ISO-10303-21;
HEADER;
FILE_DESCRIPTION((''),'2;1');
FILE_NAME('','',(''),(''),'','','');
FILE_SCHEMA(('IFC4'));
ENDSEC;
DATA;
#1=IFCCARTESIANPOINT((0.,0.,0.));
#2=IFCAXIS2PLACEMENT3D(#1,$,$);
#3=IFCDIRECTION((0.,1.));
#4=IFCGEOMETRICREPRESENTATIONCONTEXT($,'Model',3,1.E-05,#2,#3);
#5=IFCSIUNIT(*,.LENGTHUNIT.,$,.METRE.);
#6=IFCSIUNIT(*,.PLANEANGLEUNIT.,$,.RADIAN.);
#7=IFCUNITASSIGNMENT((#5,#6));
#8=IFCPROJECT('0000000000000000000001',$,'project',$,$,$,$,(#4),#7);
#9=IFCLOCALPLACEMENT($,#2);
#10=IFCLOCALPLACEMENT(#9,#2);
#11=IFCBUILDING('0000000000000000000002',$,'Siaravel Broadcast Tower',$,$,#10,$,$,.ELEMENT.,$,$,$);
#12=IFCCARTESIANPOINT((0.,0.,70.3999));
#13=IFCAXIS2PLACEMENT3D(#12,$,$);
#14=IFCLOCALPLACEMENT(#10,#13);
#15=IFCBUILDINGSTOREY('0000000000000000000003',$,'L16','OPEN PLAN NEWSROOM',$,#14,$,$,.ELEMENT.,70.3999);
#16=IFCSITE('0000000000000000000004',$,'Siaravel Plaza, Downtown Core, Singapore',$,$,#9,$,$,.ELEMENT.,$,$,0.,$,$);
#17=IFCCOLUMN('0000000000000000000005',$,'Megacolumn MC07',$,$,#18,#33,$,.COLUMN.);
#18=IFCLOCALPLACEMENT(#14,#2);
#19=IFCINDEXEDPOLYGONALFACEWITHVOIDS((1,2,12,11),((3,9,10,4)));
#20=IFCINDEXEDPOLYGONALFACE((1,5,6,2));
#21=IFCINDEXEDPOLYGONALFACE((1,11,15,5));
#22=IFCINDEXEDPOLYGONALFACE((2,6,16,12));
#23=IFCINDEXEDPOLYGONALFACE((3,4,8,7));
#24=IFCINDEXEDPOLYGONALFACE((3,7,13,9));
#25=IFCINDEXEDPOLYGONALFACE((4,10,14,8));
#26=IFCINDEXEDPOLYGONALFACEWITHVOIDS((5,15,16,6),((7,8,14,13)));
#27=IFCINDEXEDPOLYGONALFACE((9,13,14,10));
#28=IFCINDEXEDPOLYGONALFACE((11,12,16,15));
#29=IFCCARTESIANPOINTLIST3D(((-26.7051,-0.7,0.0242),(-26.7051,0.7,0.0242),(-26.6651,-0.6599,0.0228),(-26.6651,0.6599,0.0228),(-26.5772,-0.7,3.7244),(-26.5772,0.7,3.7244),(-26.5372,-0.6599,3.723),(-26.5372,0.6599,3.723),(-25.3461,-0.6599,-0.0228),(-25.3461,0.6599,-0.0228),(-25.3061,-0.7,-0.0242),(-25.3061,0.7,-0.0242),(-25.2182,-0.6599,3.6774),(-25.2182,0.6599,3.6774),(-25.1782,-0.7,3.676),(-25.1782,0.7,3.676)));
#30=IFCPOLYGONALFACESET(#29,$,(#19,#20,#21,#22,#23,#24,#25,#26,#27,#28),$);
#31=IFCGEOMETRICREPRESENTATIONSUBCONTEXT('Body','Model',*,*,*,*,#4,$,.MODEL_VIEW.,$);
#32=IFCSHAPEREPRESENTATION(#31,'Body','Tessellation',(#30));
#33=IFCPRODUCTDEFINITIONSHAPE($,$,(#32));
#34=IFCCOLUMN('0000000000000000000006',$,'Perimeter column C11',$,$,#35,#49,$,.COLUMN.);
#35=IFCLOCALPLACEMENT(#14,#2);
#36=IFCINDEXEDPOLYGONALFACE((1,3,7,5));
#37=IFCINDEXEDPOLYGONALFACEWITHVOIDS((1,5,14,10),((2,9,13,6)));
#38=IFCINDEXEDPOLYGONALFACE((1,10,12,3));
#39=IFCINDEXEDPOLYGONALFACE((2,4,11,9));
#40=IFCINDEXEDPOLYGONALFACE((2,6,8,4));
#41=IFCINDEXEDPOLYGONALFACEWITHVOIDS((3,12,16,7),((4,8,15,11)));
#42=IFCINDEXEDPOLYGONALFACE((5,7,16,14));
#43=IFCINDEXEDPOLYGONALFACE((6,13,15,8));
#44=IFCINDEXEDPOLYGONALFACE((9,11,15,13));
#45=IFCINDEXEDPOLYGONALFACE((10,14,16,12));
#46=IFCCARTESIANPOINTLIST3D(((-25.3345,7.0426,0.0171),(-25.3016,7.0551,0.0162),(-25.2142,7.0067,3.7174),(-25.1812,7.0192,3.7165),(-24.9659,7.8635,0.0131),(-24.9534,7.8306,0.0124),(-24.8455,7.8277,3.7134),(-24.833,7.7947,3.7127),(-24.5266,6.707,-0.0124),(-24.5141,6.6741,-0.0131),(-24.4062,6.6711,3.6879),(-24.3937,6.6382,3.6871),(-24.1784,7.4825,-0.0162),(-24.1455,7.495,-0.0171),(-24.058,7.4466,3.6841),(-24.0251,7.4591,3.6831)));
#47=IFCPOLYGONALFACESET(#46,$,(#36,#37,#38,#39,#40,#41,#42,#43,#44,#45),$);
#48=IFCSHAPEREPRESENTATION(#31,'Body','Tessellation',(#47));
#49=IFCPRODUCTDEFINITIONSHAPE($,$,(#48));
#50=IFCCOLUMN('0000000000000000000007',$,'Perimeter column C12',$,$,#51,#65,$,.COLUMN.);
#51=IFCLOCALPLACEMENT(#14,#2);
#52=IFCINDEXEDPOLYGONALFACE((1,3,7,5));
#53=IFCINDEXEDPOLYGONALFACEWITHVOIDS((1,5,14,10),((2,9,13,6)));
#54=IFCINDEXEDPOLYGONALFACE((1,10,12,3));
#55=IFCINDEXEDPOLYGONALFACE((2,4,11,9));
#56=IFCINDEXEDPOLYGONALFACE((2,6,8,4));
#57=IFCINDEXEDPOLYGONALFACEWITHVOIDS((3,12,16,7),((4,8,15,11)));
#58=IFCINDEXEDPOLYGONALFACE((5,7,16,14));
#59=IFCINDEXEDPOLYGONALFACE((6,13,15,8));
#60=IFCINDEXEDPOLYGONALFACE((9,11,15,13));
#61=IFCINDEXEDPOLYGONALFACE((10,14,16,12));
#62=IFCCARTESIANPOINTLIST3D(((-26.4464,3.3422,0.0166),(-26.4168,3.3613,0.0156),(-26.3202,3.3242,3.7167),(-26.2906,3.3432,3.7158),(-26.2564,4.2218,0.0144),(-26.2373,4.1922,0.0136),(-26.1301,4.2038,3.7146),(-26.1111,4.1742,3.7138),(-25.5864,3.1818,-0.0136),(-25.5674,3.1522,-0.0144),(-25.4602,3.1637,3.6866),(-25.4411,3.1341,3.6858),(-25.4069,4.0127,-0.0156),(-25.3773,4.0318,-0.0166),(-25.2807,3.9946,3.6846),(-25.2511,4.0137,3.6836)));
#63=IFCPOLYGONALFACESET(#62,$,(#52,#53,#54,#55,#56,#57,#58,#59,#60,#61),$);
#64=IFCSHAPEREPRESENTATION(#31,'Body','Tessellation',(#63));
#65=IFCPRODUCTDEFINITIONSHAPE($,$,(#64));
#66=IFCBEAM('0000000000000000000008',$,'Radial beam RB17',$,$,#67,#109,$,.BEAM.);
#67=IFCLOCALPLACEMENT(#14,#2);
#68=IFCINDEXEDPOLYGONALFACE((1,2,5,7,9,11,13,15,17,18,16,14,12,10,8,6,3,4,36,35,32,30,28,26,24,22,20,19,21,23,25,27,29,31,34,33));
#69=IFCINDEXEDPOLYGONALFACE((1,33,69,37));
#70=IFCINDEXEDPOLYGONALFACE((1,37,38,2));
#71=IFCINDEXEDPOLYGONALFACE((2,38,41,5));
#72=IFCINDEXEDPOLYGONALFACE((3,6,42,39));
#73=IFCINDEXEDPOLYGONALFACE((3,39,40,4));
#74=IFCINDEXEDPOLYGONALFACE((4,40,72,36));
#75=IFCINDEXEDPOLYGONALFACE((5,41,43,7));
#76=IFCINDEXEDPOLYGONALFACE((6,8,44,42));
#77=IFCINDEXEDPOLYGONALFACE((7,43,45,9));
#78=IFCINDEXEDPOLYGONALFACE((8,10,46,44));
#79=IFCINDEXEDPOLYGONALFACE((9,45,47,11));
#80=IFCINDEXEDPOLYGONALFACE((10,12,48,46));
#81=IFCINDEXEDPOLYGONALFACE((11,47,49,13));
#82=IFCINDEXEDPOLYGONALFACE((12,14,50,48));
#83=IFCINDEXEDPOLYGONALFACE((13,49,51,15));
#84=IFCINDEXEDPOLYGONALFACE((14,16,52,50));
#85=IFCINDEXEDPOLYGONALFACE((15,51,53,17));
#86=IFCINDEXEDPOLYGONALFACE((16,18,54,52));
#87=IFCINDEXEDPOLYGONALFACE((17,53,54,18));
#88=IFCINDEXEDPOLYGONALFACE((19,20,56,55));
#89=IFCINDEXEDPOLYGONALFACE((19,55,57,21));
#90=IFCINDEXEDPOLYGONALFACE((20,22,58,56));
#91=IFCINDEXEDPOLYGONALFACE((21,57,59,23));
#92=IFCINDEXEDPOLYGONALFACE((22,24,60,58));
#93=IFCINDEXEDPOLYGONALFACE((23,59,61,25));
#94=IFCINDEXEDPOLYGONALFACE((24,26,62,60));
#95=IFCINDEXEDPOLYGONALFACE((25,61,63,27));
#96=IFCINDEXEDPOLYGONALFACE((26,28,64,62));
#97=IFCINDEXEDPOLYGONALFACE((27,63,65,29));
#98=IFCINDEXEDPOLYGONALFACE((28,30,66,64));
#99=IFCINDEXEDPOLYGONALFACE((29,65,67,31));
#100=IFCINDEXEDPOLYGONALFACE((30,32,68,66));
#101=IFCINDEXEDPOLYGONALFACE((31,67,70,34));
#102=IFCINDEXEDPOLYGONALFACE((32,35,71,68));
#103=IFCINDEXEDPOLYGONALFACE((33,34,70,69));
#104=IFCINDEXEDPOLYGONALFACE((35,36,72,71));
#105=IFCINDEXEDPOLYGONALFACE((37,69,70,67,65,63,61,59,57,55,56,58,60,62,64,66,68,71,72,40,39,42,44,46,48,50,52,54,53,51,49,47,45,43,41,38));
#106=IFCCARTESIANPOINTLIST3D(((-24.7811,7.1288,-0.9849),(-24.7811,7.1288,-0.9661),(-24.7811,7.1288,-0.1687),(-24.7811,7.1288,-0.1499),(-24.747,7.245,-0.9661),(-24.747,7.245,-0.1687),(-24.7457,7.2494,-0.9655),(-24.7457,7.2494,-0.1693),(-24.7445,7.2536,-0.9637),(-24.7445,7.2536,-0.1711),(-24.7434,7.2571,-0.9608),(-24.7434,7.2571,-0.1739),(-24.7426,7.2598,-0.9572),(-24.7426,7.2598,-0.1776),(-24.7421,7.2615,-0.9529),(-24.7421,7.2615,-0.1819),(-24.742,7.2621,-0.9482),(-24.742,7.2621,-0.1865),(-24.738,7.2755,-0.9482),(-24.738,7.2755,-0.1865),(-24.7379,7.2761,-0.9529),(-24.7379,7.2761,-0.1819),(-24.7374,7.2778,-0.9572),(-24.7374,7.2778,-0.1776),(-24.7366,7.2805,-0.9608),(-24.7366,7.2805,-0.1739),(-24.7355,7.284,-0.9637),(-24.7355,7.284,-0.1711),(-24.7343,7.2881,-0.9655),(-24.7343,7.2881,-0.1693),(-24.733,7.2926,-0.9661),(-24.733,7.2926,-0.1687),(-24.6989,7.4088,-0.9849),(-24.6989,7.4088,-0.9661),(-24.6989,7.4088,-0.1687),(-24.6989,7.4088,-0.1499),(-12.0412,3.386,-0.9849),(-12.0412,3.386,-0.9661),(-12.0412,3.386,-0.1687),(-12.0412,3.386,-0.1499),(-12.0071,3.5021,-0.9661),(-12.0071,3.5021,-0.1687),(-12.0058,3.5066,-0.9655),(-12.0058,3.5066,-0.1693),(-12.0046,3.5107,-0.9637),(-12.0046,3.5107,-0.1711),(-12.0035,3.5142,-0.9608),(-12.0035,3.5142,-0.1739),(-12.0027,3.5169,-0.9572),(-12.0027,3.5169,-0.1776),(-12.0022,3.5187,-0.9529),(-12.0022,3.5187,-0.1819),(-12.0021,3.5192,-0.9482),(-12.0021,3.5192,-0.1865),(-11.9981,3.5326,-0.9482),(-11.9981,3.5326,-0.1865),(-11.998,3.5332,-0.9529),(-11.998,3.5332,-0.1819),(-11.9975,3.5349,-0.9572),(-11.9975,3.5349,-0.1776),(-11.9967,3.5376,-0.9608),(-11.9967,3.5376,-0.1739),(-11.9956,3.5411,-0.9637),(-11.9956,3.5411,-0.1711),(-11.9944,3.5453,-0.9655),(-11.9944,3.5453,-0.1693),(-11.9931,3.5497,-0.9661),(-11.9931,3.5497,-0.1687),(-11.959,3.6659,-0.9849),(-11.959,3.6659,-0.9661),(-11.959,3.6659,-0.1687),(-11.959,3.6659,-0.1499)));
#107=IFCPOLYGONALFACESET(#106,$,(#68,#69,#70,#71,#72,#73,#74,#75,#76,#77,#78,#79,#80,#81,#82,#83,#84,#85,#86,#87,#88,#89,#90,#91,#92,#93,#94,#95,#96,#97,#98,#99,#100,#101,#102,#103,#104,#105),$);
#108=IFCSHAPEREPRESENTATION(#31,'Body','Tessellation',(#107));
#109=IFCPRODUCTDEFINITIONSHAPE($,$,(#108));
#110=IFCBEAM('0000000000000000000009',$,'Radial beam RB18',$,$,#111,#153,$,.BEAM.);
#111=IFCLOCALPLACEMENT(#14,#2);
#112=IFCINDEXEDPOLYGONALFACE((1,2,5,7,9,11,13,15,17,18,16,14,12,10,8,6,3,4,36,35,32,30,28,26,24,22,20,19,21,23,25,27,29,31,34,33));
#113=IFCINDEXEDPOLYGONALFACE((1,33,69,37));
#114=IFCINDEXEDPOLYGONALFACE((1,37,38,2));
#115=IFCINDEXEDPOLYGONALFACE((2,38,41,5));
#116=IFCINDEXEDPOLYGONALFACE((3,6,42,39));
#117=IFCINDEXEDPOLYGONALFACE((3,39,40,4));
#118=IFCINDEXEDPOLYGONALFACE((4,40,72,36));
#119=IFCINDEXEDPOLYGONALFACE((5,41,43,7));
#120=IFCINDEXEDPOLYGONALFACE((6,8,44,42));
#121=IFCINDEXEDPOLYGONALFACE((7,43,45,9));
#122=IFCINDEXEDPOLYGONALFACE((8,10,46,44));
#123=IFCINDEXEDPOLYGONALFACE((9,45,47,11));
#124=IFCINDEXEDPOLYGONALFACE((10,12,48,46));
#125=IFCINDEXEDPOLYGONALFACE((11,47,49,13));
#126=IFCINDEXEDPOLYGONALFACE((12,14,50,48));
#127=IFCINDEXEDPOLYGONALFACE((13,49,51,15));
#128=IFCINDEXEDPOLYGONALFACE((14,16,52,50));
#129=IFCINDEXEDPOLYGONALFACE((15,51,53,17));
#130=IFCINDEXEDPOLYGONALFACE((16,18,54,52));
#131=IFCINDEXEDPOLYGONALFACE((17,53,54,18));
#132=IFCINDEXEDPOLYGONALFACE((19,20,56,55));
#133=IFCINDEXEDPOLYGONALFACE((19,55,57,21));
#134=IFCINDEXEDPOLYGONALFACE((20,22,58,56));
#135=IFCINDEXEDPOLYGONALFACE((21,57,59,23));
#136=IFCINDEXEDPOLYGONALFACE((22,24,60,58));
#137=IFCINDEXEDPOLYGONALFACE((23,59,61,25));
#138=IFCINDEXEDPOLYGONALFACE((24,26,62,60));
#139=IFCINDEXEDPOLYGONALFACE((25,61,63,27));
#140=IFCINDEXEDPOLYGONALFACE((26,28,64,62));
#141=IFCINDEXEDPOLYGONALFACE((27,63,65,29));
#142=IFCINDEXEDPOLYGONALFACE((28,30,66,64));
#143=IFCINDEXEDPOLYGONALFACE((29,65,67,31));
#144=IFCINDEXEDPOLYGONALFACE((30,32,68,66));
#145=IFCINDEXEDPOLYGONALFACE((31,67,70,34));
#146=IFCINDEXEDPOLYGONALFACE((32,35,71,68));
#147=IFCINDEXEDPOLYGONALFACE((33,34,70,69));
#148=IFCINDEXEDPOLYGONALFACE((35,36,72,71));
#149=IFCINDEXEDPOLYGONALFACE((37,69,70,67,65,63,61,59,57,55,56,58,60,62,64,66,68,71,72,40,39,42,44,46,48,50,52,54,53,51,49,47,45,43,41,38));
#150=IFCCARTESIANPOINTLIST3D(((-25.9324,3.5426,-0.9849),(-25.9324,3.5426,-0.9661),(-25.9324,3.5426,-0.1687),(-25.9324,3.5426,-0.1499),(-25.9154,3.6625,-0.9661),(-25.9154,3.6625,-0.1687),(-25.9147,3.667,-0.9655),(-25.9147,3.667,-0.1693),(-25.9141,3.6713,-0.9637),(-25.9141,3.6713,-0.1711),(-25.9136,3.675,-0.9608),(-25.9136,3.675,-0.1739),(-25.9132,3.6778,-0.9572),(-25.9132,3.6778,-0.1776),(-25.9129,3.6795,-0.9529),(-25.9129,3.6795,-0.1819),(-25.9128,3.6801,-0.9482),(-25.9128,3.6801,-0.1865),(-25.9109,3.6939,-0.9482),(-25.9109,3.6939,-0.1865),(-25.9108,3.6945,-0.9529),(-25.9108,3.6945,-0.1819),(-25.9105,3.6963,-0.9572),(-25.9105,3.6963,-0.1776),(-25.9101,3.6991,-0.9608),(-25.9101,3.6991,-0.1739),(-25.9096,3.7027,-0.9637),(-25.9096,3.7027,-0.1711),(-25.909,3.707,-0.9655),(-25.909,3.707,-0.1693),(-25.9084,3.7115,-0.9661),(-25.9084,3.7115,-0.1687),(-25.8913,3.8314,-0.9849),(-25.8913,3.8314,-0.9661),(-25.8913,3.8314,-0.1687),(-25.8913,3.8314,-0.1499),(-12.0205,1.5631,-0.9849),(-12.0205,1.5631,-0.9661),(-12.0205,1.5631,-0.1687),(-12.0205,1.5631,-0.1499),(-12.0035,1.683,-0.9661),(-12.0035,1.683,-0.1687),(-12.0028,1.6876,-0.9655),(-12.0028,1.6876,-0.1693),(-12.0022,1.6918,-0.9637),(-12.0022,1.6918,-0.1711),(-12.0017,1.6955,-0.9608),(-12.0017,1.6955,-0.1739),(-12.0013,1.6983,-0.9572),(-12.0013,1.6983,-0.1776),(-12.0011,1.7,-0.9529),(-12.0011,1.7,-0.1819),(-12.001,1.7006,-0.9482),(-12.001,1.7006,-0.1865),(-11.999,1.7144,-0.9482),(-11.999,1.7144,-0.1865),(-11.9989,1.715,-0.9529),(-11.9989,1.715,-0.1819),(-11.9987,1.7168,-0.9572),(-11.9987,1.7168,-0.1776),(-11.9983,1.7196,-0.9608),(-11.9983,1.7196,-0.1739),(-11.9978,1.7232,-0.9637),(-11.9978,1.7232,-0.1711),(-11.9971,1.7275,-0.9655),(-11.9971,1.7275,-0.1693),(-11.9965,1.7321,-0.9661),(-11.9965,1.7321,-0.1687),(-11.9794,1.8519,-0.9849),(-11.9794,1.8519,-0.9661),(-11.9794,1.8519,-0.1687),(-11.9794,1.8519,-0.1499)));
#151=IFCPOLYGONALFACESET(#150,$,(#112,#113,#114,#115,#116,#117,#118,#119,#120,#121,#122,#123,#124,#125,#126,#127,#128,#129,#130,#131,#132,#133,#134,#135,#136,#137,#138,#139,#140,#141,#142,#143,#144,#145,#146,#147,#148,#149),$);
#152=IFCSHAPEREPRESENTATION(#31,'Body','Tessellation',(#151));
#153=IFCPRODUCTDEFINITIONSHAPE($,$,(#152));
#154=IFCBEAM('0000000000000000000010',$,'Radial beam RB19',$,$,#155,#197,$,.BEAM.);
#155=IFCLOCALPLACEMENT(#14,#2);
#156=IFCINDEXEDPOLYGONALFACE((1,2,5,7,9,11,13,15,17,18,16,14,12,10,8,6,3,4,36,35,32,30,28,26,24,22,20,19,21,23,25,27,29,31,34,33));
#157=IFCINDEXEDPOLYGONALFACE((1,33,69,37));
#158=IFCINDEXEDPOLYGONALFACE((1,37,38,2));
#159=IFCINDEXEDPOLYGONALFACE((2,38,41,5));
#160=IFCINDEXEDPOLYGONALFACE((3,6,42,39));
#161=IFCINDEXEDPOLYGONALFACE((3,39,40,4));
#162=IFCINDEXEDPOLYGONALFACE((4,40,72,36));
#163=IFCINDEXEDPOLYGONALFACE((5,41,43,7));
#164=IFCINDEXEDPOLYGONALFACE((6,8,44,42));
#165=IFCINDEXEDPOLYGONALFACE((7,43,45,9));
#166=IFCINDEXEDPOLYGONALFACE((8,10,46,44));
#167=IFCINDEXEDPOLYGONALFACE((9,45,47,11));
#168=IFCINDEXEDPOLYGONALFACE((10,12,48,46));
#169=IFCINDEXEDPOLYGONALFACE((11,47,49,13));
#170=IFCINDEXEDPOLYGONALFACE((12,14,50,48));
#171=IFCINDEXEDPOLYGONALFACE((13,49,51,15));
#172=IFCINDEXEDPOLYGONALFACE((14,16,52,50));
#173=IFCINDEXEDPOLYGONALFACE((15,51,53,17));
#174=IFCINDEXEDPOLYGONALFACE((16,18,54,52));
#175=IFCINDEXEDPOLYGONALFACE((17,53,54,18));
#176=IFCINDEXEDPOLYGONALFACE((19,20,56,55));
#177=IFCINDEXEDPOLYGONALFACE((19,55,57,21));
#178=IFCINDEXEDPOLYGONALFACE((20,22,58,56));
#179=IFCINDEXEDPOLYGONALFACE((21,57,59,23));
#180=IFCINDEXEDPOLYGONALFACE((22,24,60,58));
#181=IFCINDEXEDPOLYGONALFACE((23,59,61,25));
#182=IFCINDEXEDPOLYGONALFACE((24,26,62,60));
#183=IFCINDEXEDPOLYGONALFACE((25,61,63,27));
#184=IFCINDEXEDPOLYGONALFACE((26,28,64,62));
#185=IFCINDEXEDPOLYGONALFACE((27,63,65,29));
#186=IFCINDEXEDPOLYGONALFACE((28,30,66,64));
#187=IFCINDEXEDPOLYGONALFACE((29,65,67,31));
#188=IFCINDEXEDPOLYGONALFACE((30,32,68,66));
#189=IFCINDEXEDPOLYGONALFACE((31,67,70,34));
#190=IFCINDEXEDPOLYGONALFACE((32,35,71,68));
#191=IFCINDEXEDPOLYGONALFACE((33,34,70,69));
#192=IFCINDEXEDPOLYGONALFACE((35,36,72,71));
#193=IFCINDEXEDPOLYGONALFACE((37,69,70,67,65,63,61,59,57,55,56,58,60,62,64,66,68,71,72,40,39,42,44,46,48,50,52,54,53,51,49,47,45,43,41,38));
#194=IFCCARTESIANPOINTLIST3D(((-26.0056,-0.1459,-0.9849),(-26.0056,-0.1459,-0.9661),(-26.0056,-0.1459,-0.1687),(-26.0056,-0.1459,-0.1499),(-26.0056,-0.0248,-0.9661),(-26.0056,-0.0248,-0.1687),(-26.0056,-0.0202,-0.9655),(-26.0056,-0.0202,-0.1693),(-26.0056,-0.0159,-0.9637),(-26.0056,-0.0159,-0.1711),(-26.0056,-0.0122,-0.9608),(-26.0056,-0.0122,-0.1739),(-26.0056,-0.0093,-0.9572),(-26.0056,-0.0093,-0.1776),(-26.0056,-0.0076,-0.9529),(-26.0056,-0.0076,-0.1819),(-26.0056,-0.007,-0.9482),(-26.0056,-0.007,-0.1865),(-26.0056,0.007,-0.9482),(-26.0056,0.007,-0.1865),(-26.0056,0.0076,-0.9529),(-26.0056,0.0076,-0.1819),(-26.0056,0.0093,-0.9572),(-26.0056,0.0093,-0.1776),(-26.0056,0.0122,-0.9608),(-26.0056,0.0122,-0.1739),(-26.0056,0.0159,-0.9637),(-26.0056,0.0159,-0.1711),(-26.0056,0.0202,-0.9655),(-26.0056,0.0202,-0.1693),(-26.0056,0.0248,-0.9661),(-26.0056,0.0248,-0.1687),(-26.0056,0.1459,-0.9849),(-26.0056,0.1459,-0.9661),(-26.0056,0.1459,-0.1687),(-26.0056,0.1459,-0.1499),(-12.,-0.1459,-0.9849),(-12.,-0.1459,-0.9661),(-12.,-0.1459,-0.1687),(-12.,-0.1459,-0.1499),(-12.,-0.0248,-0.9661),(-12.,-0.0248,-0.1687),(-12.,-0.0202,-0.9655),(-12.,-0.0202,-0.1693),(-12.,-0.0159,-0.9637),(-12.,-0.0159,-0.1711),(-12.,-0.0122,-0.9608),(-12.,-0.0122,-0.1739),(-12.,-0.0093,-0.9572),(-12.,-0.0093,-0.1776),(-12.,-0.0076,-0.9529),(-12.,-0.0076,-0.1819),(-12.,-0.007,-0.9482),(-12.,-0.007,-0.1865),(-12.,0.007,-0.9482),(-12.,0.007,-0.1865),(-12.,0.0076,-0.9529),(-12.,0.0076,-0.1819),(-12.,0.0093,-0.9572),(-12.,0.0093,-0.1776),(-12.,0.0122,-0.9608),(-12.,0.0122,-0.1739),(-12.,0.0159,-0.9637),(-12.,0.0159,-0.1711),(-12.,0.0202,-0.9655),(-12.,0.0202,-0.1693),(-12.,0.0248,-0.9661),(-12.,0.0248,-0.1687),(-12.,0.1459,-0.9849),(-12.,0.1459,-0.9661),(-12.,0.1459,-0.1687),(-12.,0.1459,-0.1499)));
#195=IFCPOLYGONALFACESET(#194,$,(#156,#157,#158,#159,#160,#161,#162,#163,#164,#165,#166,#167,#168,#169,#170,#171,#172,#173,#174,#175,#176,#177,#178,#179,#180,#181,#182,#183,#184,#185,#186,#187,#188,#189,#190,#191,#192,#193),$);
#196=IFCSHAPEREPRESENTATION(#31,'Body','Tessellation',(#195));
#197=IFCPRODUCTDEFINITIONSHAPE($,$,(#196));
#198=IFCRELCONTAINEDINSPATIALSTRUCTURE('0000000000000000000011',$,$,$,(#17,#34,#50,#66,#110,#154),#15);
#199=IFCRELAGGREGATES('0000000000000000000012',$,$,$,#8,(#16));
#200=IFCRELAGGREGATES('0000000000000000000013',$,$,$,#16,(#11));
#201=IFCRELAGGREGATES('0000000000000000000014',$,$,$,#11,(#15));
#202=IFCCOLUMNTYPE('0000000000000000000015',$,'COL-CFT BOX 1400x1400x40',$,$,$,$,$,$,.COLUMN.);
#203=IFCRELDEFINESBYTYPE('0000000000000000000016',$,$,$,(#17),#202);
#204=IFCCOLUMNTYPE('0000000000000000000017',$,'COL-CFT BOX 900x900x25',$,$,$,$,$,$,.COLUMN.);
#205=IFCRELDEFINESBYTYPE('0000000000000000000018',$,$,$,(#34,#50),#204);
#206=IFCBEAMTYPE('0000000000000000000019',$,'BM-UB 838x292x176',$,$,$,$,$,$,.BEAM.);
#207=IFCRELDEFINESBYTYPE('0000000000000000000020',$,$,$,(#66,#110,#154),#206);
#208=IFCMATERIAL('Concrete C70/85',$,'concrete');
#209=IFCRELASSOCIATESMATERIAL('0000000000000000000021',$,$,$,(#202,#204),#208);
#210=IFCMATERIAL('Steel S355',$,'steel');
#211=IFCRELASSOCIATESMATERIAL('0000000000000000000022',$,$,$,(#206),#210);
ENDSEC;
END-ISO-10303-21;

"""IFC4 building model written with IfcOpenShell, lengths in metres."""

from ifc_helpers import new_model, si_unit, direction, frame, origin, origin_2d, place, context, subcontext, project, spatial, hollow_rectangle, i_section, extrude, material, material_profile, profile_set, type_object, element, save


model = new_model("IFC4")

# Units and contexts
model_context = context("Model", 3, precision=1e-05, world=origin(), true_north=direction((0.0, 1.0)))
body_context = subcontext(model_context, "Body", "Model", "MODEL_VIEW")
ifc_project = project(units=[si_unit("LENGTHUNIT", "METRE"), si_unit("PLANEANGLEUNIT", "RADIAN")], contexts=[model_context])

# Site, building, storey
site_placement = place(None, origin())
site = spatial("IfcSite", under=ifc_project, at=site_placement, Name="Siaravel Plaza, Downtown Core, Singapore", CompositionType="ELEMENT", RefElevation=0.0)
building_placement = place(site_placement, origin())
building = spatial("IfcBuilding", under=site, at=building_placement, Name="Siaravel Broadcast Tower", CompositionType="ELEMENT")
storey_placement = place(building_placement, frame((0.0, 0.0, 70.3999)))
storey = spatial("IfcBuildingStorey", under=building, at=storey_placement, Name="L16", Description="OPEN PLAN NEWSROOM", CompositionType="ELEMENT", Elevation=70.3999)

# Columns
ifc_material_1 = material(Name="Concrete C70/85", Category="concrete")
ifc_material_profile_1 = material_profile(ifc_material_1, hollow_rectangle(XDim=1.3999, YDim=1.3999, WallThickness=0.04, at=origin_2d()))
ifc_profile_set_1 = profile_set([ifc_material_profile_1], Name="Concrete C70/85")
column_type_1 = type_object("IfcColumnType", Name="COL-CFT BOX 1400x1400x40", PredefinedType="COLUMN", material=ifc_profile_set_1)
column_placement = place(storey_placement, frame((-26.0056, 0.0, 0.0), z_axis=(0.034553, 0.0, 0.999403), x_axis=(0.0, 1.0, 0.0)))
element("IfcColumn", 1, at=column_placement, inside=storey, type_object=column_type_1, Name="Megacolumn MC07", PredefinedType="COLUMN", context=body_context, shape_type="SweptSolid", body=[
    extrude(hollow_rectangle(XDim=1.3999, YDim=1.3999, WallThickness=0.04, at=origin_2d()), origin(), (0.0, 0.0, 1.0), 3.7024),
])
ifc_material_profile_2 = material_profile(ifc_material_1, hollow_rectangle(XDim=0.8999, YDim=0.8999, WallThickness=0.0249, at=origin_2d()))
ifc_profile_set_2 = profile_set([ifc_material_profile_2], Name="Concrete C70/85")
column_type_2 = type_object("IfcColumnType", Name="COL-CFT BOX 900x900x25", PredefinedType="COLUMN", material=ifc_profile_set_2)
for number, where, z_axis, x_axis, name in (
    (2, (-24.74, 7.2688, 0.0), (0.03251, -0.009694, 0.999424), (0.409647, 0.912233, -0.004477), "Perimeter column C11"),
    (3, (-25.9119, 3.687, 0.0), (0.034092, -0.00488, 0.999407), (0.211209, 0.977438, -0.002432), "Perimeter column C12"),
):
    element("IfcColumn", number, at=place(storey_placement, frame(where, z_axis=z_axis, x_axis=x_axis)), inside=storey, type_object=column_type_2, Name=name, PredefinedType="COLUMN", context=body_context, shape_type="SweptSolid", body=[
        extrude(hollow_rectangle(XDim=0.8999, YDim=0.8999, WallThickness=0.0249, at=origin_2d()), origin(), (0.0, 0.0, 1.0), 3.7024),
    ])

# Beams
ifc_material_2 = material(Name="Steel S355", Category="steel")
ifc_material_profile_3 = material_profile(ifc_material_2, i_section(OverallWidth=0.2917, OverallDepth=0.835, WebThickness=0.0139, FlangeThickness=0.0188, FilletRadius=0.0178, at=origin_2d()))
ifc_profile_set_3 = profile_set([ifc_material_profile_3], Name="Steel S355")
beam_type = type_object("IfcBeamType", Name="BM-UB 838x292x176", PredefinedType="BEAM", material=ifc_profile_set_3)
beam_1_placement = place(storey_placement, frame((-24.74, 7.2688, -0.5674), z_axis=(0.95945, -0.28188, 0.0), x_axis=(0.28188, 0.95945, 0.0)))
element("IfcBeam", 4, at=beam_1_placement, inside=storey, type_object=beam_type, Name="Radial beam RB17", PredefinedType="BEAM", context=body_context, shape_type="SweptSolid", body=[
    extrude(i_section(OverallWidth=0.2917, OverallDepth=0.835, WebThickness=0.0139, FlangeThickness=0.0188, FilletRadius=0.0178, at=origin_2d()), origin(), (0.0, 0.0, 1.0), 13.2783),
])
beam_2_placement = place(storey_placement, frame((-25.9119, 3.687, -0.5674), z_axis=(0.990028, -0.140869, 0.0), x_axis=(0.140869, 0.990028, 0.0)))
element("IfcBeam", 5, at=beam_2_placement, inside=storey, type_object=beam_type, Name="Radial beam RB18", PredefinedType="BEAM", context=body_context, shape_type="SweptSolid", body=[
    extrude(i_section(OverallWidth=0.2917, OverallDepth=0.835, WebThickness=0.0139, FlangeThickness=0.0188, FilletRadius=0.0178, at=origin_2d()), origin(), (0.0, 0.0, 1.0), 14.052),
])
beam_3_placement = place(storey_placement, frame((-26.0056, 0.0, -0.5674), z_axis=(1.0, 0.0, 0.0), x_axis=(0.0, 1.0, 0.0)))
element("IfcBeam", 6, at=beam_3_placement, inside=storey, type_object=beam_type, Name="Radial beam RB19", PredefinedType="BEAM", context=body_context, shape_type="SweptSolid", body=[
    extrude(i_section(OverallWidth=0.2917, OverallDepth=0.835, WebThickness=0.0139, FlangeThickness=0.0188, FilletRadius=0.0178, at=origin_2d()), origin(), (0.0, 0.0, 1.0), 14.0056),
])

save(model, "model.ifc")
